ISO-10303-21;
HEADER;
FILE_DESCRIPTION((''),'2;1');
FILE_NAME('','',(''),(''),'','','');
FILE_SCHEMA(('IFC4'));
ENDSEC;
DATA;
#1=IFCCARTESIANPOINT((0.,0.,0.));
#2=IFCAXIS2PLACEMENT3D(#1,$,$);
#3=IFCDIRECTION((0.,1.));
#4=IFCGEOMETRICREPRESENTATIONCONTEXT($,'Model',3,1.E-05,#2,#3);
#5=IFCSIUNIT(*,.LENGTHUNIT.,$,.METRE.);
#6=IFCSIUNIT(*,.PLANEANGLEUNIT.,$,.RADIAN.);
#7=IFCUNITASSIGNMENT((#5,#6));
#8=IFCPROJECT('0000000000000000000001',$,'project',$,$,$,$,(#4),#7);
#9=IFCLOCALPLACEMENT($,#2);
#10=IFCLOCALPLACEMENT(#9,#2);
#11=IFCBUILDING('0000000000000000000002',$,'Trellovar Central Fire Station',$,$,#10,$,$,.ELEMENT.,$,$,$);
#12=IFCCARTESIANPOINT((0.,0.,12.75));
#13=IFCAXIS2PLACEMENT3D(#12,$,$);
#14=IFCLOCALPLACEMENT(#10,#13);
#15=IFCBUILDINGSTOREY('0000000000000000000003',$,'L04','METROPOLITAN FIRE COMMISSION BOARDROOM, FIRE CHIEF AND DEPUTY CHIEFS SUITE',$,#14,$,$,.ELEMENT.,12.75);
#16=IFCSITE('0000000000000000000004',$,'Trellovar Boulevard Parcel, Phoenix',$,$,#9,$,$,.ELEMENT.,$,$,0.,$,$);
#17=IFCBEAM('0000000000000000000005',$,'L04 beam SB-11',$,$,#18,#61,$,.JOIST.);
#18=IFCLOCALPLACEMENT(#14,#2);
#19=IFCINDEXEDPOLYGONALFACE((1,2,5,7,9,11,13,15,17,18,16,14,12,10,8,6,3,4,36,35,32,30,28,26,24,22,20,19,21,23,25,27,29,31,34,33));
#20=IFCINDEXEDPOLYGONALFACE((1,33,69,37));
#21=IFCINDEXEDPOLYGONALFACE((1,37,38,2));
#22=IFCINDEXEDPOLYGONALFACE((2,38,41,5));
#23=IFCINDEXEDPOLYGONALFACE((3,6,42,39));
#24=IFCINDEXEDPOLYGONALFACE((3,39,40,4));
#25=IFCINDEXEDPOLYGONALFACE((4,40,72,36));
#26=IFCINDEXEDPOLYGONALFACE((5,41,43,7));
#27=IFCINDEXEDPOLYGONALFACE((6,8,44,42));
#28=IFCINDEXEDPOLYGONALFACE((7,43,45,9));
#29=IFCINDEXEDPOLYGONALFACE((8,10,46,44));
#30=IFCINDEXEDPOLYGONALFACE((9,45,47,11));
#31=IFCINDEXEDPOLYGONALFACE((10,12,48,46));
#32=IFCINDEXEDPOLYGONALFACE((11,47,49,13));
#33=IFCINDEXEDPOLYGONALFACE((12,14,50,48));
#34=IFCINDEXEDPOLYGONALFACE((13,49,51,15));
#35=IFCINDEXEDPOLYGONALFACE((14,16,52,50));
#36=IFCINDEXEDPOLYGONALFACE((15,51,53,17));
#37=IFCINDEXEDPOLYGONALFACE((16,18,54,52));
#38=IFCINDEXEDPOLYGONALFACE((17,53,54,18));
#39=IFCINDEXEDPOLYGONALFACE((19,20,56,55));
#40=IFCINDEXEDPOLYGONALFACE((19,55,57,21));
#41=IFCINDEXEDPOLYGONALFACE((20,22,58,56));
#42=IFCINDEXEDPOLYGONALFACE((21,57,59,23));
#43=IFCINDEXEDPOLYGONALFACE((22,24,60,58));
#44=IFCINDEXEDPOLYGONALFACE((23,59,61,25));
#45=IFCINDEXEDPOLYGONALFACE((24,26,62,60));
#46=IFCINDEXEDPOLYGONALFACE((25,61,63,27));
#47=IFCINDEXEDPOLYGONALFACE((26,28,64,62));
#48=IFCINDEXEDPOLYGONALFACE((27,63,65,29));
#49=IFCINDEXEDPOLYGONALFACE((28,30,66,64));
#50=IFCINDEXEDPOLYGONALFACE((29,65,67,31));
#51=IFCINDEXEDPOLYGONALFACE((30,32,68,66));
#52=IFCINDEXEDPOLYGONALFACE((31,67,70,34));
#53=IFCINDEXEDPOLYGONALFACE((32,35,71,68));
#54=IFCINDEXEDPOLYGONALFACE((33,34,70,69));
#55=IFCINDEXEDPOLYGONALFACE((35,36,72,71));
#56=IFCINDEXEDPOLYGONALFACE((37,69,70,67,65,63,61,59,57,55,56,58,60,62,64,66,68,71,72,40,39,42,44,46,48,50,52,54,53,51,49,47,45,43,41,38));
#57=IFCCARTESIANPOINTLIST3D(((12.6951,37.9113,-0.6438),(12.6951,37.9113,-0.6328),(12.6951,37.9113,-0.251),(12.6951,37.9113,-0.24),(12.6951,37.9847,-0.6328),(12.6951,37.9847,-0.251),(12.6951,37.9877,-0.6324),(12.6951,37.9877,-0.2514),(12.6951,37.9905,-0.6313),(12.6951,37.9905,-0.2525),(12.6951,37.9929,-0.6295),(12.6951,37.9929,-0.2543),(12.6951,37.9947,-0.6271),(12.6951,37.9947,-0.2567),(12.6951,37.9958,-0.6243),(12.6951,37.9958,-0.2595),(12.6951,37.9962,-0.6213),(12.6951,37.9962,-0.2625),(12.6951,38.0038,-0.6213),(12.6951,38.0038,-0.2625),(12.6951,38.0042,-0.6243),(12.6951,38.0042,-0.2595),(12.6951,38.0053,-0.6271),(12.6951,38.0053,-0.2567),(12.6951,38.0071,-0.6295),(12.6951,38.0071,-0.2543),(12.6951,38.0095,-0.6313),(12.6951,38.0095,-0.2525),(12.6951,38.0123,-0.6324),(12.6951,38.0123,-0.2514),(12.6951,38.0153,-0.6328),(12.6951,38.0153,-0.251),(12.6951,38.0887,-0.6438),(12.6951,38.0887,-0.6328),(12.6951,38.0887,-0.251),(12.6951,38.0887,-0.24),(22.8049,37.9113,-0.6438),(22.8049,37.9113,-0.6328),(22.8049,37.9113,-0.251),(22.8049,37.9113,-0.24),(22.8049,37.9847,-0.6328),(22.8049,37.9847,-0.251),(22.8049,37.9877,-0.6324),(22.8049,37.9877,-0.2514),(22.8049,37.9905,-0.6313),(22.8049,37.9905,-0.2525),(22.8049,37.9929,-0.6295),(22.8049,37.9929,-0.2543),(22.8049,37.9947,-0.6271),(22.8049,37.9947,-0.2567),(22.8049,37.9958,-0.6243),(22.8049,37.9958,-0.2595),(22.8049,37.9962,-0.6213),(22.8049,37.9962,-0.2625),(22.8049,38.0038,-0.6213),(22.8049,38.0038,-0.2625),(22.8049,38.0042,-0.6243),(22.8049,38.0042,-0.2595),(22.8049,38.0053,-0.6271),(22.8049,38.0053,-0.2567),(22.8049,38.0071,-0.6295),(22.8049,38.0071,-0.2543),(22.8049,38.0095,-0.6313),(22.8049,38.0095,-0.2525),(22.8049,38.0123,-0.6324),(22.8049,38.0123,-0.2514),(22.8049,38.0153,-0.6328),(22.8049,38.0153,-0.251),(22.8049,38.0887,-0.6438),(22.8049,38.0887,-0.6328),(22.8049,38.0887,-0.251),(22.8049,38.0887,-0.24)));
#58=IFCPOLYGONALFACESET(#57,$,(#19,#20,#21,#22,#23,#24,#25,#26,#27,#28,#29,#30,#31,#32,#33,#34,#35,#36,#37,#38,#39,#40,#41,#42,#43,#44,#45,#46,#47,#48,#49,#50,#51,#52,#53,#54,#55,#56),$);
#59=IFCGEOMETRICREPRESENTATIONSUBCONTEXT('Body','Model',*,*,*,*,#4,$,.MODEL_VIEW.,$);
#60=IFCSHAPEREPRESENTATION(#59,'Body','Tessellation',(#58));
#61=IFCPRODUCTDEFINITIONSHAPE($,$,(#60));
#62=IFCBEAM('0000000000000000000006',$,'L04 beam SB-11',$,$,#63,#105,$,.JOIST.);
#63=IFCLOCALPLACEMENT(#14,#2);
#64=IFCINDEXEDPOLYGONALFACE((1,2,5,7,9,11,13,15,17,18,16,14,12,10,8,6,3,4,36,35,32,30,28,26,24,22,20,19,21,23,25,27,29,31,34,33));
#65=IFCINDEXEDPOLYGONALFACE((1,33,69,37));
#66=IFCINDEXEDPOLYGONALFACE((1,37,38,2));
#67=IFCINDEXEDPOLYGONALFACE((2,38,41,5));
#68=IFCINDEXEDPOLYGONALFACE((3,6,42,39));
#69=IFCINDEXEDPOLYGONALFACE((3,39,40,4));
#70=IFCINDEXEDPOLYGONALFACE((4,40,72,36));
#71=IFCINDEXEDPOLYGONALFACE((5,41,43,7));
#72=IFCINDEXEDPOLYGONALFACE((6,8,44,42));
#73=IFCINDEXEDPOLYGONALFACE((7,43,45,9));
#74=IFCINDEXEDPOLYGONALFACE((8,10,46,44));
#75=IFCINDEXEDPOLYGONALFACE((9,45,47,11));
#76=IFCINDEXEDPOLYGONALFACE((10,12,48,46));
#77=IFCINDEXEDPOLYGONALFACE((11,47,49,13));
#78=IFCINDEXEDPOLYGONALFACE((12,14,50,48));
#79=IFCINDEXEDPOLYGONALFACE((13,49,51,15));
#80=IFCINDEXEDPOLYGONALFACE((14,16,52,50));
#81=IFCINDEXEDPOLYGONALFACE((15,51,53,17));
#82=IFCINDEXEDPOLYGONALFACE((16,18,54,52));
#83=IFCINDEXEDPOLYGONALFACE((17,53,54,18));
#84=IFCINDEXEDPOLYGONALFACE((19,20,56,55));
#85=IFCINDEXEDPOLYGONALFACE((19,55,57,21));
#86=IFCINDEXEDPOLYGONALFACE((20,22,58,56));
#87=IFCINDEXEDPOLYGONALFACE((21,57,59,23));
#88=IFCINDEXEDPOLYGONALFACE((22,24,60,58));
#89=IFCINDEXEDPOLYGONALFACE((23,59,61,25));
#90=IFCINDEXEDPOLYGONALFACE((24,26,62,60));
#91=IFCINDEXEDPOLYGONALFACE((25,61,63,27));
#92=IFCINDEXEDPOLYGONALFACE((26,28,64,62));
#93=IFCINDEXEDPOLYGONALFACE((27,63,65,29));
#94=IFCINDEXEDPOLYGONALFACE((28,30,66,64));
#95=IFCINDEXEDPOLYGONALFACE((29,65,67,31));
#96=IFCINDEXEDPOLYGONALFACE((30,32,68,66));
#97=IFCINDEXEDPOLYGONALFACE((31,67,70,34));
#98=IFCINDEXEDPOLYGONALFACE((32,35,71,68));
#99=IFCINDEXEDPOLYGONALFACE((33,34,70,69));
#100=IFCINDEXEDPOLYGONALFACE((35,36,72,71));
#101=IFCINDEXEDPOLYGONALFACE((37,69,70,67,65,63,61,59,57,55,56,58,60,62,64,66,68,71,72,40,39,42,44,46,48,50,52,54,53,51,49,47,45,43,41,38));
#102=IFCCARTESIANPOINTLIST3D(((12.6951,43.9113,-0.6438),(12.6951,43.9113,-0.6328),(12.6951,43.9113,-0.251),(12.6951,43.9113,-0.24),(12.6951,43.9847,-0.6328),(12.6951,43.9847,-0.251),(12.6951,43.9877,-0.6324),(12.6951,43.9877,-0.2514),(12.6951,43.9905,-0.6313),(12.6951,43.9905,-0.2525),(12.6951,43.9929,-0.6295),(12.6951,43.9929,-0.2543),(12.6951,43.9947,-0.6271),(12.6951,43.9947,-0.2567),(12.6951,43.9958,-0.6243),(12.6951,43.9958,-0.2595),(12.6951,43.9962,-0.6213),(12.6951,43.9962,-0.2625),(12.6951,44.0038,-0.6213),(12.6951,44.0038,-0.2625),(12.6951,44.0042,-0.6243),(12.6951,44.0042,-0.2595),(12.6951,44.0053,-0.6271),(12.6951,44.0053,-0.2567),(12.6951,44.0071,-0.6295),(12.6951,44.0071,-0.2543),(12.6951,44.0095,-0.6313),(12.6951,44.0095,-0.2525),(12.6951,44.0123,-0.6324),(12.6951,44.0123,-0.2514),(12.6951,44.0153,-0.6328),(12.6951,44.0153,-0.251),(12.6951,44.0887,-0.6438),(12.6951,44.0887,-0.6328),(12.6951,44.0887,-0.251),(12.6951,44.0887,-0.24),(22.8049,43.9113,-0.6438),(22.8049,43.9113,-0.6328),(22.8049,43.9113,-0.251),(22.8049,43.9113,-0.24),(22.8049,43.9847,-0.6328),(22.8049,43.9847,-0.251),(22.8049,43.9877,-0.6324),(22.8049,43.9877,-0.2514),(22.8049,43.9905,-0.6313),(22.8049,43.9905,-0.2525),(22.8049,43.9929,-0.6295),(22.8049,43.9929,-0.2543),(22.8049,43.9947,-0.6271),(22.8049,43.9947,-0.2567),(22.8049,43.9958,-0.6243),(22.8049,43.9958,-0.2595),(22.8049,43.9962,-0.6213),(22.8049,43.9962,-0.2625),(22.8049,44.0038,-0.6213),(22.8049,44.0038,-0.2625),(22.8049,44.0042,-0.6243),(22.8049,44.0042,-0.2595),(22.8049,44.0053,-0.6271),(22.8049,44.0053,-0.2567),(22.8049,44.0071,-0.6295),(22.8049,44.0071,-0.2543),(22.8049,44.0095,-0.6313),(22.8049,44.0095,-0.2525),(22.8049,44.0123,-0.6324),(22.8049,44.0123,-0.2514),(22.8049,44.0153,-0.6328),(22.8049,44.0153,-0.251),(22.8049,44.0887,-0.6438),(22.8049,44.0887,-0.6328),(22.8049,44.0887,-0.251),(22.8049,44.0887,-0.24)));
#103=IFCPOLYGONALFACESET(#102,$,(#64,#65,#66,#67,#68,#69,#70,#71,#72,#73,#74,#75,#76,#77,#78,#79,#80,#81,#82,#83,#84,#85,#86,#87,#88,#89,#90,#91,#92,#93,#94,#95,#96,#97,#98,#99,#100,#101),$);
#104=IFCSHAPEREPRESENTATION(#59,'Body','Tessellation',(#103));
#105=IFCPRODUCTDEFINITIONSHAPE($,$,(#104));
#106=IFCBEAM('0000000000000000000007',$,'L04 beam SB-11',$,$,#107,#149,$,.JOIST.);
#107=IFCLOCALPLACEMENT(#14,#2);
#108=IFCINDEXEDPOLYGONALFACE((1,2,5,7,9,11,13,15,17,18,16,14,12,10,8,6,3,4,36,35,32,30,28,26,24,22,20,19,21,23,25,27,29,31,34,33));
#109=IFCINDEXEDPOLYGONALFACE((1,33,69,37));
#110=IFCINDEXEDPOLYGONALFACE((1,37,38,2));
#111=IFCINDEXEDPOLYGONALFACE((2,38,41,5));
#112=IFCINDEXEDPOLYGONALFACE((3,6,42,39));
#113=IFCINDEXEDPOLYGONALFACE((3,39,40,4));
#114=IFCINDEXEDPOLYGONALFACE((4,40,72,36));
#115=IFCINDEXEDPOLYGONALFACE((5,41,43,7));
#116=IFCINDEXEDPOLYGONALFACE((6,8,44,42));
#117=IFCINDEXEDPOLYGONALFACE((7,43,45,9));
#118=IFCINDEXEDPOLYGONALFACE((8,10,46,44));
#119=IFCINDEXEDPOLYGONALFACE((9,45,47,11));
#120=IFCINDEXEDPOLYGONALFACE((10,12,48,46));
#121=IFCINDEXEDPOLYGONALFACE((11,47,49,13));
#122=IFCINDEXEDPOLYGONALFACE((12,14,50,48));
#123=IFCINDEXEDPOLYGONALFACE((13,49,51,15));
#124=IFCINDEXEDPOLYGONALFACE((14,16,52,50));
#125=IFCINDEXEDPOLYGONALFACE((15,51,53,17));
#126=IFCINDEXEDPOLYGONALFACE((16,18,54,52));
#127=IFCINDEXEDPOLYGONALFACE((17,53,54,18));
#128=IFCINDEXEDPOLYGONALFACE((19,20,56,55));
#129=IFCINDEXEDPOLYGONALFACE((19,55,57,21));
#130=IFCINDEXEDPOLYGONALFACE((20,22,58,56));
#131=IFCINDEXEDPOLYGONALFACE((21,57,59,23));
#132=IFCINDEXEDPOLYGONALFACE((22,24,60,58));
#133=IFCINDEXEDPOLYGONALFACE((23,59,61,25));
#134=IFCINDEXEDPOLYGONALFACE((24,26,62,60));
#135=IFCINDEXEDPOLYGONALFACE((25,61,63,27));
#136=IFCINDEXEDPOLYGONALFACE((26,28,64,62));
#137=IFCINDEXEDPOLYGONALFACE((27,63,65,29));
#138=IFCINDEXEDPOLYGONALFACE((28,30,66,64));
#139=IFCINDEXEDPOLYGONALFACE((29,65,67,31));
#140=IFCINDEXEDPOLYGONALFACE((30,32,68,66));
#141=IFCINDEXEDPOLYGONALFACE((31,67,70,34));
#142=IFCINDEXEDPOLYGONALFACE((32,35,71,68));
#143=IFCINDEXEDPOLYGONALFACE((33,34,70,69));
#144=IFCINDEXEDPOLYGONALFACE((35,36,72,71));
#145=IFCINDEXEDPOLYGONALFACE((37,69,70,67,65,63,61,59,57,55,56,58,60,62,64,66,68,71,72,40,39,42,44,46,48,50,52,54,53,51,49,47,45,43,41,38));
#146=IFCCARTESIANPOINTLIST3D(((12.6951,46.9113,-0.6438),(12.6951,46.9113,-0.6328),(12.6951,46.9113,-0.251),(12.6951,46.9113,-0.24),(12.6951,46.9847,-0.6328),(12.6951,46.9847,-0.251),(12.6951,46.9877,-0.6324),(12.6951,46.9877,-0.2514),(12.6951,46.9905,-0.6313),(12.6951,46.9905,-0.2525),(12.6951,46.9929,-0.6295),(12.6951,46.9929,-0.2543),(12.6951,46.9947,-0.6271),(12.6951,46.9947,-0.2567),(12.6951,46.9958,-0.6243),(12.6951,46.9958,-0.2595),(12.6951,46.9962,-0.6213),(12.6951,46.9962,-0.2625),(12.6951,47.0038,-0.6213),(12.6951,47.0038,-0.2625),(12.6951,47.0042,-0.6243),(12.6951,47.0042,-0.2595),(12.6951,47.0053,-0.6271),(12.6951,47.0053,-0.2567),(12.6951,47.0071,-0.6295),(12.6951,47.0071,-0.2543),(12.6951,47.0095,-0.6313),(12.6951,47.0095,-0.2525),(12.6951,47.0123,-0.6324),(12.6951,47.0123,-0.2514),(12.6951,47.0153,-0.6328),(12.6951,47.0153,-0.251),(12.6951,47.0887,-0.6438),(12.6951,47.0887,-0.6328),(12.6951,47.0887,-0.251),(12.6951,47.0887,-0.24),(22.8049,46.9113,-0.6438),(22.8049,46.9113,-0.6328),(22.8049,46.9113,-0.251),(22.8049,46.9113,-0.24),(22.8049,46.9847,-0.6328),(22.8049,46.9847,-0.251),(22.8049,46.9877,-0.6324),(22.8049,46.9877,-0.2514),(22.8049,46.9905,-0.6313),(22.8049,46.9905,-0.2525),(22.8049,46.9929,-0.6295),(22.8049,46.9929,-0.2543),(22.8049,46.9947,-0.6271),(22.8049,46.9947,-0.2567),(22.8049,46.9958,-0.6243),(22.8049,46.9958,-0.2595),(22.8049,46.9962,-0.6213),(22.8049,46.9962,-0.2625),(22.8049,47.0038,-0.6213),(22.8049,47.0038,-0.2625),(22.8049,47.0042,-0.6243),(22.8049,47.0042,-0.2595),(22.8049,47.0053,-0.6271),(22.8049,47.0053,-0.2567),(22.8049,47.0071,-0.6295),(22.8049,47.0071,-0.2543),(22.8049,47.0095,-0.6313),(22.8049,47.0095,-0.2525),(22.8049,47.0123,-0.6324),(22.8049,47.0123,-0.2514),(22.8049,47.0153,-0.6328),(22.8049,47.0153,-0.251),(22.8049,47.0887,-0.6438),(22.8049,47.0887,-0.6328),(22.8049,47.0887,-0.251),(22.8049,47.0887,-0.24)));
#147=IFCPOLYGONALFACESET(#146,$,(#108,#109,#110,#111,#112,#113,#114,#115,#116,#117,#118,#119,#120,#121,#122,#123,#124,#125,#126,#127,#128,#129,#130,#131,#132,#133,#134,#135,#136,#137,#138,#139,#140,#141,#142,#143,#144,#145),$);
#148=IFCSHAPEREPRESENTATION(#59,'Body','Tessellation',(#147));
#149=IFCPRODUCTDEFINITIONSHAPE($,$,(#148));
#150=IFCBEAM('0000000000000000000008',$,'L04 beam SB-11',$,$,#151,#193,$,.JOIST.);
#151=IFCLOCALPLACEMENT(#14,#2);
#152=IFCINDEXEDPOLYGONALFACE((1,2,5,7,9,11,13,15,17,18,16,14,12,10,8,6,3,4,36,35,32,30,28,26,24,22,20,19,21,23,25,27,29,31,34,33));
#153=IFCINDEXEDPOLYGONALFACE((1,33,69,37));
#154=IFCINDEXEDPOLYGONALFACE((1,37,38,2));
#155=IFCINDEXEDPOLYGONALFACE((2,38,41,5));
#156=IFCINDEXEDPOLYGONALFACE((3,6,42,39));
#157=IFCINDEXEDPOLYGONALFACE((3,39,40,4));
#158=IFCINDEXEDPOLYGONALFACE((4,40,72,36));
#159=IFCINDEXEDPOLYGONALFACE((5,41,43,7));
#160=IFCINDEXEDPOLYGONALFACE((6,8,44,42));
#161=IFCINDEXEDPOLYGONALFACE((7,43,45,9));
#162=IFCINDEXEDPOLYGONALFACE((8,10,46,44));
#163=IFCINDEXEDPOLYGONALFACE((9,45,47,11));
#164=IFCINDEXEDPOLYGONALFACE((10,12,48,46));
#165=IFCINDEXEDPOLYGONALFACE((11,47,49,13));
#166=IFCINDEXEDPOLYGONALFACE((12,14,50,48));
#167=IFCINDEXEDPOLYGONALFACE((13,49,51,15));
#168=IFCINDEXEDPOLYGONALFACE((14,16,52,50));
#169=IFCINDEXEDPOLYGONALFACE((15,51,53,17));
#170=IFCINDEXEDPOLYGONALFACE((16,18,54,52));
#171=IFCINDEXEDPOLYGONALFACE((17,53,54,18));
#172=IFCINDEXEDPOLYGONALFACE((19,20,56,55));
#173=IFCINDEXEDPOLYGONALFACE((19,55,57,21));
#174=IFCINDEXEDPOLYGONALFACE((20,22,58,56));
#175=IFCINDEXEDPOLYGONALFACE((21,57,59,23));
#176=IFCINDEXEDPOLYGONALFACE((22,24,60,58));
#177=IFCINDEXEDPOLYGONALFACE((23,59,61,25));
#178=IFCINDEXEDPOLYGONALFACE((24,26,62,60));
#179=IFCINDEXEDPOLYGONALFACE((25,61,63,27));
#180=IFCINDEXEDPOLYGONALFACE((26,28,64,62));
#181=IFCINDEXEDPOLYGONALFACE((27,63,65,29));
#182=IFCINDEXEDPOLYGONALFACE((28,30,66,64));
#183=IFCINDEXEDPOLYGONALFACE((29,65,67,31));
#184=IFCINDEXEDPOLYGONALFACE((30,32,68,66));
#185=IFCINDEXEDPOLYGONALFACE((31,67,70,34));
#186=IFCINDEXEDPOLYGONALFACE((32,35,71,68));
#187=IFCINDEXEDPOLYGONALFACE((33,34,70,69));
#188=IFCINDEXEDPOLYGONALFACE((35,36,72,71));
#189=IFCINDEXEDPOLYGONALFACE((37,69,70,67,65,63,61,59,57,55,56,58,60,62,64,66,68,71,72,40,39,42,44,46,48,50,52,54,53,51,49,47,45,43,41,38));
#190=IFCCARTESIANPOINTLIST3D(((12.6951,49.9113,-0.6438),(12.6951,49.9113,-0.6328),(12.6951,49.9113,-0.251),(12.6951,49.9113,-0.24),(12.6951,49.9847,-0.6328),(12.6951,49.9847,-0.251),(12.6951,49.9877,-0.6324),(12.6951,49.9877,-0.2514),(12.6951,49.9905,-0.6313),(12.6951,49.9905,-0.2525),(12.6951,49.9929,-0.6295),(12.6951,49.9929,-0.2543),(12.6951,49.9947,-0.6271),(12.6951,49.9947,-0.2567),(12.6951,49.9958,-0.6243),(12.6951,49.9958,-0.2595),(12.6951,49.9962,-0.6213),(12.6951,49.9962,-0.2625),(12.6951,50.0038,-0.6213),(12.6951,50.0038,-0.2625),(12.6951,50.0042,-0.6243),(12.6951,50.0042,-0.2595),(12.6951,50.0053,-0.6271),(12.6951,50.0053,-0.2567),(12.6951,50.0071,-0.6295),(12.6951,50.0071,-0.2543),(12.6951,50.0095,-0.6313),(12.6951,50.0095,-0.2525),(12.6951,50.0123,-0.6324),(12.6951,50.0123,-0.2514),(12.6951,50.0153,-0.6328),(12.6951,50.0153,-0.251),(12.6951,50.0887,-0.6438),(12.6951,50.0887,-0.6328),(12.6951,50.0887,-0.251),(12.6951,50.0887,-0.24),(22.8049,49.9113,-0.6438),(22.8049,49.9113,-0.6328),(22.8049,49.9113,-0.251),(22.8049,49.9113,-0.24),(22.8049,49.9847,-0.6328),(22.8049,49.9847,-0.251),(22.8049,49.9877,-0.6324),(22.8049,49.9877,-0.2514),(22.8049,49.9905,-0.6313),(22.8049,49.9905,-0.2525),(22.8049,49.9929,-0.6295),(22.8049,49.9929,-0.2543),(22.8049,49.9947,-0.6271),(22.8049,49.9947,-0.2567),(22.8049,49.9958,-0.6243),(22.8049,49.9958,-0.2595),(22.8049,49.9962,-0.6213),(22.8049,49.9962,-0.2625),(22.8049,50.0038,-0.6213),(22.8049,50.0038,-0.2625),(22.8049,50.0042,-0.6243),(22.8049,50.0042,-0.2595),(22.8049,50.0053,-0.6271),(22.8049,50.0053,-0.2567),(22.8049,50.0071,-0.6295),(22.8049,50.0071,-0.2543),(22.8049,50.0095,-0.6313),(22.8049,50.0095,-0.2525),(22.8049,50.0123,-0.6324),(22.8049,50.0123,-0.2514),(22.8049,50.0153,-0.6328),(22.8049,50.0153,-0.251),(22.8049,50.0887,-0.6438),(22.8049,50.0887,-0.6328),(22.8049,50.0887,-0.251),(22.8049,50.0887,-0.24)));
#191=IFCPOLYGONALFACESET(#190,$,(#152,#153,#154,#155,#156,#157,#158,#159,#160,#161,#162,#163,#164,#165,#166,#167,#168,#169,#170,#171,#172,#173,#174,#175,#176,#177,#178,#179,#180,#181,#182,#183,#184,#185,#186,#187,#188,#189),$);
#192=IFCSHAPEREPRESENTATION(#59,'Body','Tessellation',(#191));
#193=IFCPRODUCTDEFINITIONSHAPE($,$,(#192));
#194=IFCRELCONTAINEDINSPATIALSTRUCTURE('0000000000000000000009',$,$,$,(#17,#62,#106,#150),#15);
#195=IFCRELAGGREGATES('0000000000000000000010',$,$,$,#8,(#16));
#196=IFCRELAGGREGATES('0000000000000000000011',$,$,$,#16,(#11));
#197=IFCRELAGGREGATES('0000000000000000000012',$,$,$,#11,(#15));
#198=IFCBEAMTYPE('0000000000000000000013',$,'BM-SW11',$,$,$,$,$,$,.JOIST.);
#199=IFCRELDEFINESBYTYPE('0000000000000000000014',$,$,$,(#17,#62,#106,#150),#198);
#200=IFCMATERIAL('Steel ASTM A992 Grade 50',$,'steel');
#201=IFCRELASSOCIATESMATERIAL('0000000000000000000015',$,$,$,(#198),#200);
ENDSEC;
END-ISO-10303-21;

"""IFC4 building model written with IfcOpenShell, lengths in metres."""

from ifc_helpers import new_model, si_unit, direction, frame, origin, origin_2d, place, context, subcontext, project, spatial, i_section, extrude, material, material_profile, profile_set, type_object, element, save


model = new_model("IFC4")

# Units and contexts
model_context = context("Model", 3, precision=1e-05, world=origin(), true_north=direction((0.0, 1.0)))
body_context = subcontext(model_context, "Body", "Model", "MODEL_VIEW")
ifc_project = project(units=[si_unit("LENGTHUNIT", "METRE"), si_unit("PLANEANGLEUNIT", "RADIAN")], contexts=[model_context])

# Site, building, storey
site_placement = place(None, origin())
site = spatial("IfcSite", under=ifc_project, at=site_placement, Name="Trellovar Boulevard Parcel, Phoenix", CompositionType="ELEMENT", RefElevation=0.0)
building_placement = place(site_placement, origin())
building = spatial("IfcBuilding", under=site, at=building_placement, Name="Trellovar Central Fire Station", CompositionType="ELEMENT")
storey_placement = place(building_placement, frame((0.0, 0.0, 12.75)))
storey = spatial("IfcBuildingStorey", under=building, at=storey_placement, Name="L04", Description="METROPOLITAN FIRE COMMISSION BOARDROOM, FIRE CHIEF AND DEPUTY CHIEFS SUITE", CompositionType="ELEMENT", Elevation=12.75)

# Beams
ifc_material_1 = material(Name="Steel ASTM A992 Grade 50", Category="steel")
ifc_material_profile_1 = material_profile(ifc_material_1, i_section(OverallWidth=0.1775, OverallDepth=0.4038, WebThickness=0.0076, FlangeThickness=0.011, FilletRadius=0.0115, at=origin_2d()), Name="W16X36")
ifc_profile_set_1 = profile_set([ifc_material_profile_1], Name="Steel ASTM A992 Grade 50")
beam_type_1 = type_object("IfcBeamType", Name="BM-SW11", PredefinedType="JOIST", material=ifc_profile_set_1)
for number, where, z_axis, x_axis, name in (
    (1, (12.6951, 38.0, -0.4419), (1.0, 0.0, 0.0), (0.0, 1.0, 0.0), "L04 beam SB-11"),
    (2, (12.6951, 44.0, -0.4419), (1.0, 0.0, 0.0), (0.0, 1.0, 0.0), "L04 beam SB-11"),
    (3, (12.6951, 47.0, -0.4419), (1.0, 0.0, 0.0), (0.0, 1.0, 0.0), "L04 beam SB-11"),
    (4, (12.6951, 50.0, -0.4419), (1.0, 0.0, 0.0), (0.0, 1.0, 0.0), "L04 beam SB-11"),
):
    element("IfcBeam", number, at=place(storey_placement, frame(where, z_axis=z_axis, x_axis=x_axis)), inside=storey, type_object=beam_type_1, Name=name, PredefinedType="JOIST", context=body_context, shape_type="SweptSolid", body=[
        extrude(i_section(OverallWidth=0.1775, OverallDepth=0.4038, WebThickness=0.0076, FlangeThickness=0.011, FilletRadius=0.0115, at=origin_2d()), origin(), (0.0, 0.0, 1.0), 10.1099),
    ])

save(model, "model.ifc")
